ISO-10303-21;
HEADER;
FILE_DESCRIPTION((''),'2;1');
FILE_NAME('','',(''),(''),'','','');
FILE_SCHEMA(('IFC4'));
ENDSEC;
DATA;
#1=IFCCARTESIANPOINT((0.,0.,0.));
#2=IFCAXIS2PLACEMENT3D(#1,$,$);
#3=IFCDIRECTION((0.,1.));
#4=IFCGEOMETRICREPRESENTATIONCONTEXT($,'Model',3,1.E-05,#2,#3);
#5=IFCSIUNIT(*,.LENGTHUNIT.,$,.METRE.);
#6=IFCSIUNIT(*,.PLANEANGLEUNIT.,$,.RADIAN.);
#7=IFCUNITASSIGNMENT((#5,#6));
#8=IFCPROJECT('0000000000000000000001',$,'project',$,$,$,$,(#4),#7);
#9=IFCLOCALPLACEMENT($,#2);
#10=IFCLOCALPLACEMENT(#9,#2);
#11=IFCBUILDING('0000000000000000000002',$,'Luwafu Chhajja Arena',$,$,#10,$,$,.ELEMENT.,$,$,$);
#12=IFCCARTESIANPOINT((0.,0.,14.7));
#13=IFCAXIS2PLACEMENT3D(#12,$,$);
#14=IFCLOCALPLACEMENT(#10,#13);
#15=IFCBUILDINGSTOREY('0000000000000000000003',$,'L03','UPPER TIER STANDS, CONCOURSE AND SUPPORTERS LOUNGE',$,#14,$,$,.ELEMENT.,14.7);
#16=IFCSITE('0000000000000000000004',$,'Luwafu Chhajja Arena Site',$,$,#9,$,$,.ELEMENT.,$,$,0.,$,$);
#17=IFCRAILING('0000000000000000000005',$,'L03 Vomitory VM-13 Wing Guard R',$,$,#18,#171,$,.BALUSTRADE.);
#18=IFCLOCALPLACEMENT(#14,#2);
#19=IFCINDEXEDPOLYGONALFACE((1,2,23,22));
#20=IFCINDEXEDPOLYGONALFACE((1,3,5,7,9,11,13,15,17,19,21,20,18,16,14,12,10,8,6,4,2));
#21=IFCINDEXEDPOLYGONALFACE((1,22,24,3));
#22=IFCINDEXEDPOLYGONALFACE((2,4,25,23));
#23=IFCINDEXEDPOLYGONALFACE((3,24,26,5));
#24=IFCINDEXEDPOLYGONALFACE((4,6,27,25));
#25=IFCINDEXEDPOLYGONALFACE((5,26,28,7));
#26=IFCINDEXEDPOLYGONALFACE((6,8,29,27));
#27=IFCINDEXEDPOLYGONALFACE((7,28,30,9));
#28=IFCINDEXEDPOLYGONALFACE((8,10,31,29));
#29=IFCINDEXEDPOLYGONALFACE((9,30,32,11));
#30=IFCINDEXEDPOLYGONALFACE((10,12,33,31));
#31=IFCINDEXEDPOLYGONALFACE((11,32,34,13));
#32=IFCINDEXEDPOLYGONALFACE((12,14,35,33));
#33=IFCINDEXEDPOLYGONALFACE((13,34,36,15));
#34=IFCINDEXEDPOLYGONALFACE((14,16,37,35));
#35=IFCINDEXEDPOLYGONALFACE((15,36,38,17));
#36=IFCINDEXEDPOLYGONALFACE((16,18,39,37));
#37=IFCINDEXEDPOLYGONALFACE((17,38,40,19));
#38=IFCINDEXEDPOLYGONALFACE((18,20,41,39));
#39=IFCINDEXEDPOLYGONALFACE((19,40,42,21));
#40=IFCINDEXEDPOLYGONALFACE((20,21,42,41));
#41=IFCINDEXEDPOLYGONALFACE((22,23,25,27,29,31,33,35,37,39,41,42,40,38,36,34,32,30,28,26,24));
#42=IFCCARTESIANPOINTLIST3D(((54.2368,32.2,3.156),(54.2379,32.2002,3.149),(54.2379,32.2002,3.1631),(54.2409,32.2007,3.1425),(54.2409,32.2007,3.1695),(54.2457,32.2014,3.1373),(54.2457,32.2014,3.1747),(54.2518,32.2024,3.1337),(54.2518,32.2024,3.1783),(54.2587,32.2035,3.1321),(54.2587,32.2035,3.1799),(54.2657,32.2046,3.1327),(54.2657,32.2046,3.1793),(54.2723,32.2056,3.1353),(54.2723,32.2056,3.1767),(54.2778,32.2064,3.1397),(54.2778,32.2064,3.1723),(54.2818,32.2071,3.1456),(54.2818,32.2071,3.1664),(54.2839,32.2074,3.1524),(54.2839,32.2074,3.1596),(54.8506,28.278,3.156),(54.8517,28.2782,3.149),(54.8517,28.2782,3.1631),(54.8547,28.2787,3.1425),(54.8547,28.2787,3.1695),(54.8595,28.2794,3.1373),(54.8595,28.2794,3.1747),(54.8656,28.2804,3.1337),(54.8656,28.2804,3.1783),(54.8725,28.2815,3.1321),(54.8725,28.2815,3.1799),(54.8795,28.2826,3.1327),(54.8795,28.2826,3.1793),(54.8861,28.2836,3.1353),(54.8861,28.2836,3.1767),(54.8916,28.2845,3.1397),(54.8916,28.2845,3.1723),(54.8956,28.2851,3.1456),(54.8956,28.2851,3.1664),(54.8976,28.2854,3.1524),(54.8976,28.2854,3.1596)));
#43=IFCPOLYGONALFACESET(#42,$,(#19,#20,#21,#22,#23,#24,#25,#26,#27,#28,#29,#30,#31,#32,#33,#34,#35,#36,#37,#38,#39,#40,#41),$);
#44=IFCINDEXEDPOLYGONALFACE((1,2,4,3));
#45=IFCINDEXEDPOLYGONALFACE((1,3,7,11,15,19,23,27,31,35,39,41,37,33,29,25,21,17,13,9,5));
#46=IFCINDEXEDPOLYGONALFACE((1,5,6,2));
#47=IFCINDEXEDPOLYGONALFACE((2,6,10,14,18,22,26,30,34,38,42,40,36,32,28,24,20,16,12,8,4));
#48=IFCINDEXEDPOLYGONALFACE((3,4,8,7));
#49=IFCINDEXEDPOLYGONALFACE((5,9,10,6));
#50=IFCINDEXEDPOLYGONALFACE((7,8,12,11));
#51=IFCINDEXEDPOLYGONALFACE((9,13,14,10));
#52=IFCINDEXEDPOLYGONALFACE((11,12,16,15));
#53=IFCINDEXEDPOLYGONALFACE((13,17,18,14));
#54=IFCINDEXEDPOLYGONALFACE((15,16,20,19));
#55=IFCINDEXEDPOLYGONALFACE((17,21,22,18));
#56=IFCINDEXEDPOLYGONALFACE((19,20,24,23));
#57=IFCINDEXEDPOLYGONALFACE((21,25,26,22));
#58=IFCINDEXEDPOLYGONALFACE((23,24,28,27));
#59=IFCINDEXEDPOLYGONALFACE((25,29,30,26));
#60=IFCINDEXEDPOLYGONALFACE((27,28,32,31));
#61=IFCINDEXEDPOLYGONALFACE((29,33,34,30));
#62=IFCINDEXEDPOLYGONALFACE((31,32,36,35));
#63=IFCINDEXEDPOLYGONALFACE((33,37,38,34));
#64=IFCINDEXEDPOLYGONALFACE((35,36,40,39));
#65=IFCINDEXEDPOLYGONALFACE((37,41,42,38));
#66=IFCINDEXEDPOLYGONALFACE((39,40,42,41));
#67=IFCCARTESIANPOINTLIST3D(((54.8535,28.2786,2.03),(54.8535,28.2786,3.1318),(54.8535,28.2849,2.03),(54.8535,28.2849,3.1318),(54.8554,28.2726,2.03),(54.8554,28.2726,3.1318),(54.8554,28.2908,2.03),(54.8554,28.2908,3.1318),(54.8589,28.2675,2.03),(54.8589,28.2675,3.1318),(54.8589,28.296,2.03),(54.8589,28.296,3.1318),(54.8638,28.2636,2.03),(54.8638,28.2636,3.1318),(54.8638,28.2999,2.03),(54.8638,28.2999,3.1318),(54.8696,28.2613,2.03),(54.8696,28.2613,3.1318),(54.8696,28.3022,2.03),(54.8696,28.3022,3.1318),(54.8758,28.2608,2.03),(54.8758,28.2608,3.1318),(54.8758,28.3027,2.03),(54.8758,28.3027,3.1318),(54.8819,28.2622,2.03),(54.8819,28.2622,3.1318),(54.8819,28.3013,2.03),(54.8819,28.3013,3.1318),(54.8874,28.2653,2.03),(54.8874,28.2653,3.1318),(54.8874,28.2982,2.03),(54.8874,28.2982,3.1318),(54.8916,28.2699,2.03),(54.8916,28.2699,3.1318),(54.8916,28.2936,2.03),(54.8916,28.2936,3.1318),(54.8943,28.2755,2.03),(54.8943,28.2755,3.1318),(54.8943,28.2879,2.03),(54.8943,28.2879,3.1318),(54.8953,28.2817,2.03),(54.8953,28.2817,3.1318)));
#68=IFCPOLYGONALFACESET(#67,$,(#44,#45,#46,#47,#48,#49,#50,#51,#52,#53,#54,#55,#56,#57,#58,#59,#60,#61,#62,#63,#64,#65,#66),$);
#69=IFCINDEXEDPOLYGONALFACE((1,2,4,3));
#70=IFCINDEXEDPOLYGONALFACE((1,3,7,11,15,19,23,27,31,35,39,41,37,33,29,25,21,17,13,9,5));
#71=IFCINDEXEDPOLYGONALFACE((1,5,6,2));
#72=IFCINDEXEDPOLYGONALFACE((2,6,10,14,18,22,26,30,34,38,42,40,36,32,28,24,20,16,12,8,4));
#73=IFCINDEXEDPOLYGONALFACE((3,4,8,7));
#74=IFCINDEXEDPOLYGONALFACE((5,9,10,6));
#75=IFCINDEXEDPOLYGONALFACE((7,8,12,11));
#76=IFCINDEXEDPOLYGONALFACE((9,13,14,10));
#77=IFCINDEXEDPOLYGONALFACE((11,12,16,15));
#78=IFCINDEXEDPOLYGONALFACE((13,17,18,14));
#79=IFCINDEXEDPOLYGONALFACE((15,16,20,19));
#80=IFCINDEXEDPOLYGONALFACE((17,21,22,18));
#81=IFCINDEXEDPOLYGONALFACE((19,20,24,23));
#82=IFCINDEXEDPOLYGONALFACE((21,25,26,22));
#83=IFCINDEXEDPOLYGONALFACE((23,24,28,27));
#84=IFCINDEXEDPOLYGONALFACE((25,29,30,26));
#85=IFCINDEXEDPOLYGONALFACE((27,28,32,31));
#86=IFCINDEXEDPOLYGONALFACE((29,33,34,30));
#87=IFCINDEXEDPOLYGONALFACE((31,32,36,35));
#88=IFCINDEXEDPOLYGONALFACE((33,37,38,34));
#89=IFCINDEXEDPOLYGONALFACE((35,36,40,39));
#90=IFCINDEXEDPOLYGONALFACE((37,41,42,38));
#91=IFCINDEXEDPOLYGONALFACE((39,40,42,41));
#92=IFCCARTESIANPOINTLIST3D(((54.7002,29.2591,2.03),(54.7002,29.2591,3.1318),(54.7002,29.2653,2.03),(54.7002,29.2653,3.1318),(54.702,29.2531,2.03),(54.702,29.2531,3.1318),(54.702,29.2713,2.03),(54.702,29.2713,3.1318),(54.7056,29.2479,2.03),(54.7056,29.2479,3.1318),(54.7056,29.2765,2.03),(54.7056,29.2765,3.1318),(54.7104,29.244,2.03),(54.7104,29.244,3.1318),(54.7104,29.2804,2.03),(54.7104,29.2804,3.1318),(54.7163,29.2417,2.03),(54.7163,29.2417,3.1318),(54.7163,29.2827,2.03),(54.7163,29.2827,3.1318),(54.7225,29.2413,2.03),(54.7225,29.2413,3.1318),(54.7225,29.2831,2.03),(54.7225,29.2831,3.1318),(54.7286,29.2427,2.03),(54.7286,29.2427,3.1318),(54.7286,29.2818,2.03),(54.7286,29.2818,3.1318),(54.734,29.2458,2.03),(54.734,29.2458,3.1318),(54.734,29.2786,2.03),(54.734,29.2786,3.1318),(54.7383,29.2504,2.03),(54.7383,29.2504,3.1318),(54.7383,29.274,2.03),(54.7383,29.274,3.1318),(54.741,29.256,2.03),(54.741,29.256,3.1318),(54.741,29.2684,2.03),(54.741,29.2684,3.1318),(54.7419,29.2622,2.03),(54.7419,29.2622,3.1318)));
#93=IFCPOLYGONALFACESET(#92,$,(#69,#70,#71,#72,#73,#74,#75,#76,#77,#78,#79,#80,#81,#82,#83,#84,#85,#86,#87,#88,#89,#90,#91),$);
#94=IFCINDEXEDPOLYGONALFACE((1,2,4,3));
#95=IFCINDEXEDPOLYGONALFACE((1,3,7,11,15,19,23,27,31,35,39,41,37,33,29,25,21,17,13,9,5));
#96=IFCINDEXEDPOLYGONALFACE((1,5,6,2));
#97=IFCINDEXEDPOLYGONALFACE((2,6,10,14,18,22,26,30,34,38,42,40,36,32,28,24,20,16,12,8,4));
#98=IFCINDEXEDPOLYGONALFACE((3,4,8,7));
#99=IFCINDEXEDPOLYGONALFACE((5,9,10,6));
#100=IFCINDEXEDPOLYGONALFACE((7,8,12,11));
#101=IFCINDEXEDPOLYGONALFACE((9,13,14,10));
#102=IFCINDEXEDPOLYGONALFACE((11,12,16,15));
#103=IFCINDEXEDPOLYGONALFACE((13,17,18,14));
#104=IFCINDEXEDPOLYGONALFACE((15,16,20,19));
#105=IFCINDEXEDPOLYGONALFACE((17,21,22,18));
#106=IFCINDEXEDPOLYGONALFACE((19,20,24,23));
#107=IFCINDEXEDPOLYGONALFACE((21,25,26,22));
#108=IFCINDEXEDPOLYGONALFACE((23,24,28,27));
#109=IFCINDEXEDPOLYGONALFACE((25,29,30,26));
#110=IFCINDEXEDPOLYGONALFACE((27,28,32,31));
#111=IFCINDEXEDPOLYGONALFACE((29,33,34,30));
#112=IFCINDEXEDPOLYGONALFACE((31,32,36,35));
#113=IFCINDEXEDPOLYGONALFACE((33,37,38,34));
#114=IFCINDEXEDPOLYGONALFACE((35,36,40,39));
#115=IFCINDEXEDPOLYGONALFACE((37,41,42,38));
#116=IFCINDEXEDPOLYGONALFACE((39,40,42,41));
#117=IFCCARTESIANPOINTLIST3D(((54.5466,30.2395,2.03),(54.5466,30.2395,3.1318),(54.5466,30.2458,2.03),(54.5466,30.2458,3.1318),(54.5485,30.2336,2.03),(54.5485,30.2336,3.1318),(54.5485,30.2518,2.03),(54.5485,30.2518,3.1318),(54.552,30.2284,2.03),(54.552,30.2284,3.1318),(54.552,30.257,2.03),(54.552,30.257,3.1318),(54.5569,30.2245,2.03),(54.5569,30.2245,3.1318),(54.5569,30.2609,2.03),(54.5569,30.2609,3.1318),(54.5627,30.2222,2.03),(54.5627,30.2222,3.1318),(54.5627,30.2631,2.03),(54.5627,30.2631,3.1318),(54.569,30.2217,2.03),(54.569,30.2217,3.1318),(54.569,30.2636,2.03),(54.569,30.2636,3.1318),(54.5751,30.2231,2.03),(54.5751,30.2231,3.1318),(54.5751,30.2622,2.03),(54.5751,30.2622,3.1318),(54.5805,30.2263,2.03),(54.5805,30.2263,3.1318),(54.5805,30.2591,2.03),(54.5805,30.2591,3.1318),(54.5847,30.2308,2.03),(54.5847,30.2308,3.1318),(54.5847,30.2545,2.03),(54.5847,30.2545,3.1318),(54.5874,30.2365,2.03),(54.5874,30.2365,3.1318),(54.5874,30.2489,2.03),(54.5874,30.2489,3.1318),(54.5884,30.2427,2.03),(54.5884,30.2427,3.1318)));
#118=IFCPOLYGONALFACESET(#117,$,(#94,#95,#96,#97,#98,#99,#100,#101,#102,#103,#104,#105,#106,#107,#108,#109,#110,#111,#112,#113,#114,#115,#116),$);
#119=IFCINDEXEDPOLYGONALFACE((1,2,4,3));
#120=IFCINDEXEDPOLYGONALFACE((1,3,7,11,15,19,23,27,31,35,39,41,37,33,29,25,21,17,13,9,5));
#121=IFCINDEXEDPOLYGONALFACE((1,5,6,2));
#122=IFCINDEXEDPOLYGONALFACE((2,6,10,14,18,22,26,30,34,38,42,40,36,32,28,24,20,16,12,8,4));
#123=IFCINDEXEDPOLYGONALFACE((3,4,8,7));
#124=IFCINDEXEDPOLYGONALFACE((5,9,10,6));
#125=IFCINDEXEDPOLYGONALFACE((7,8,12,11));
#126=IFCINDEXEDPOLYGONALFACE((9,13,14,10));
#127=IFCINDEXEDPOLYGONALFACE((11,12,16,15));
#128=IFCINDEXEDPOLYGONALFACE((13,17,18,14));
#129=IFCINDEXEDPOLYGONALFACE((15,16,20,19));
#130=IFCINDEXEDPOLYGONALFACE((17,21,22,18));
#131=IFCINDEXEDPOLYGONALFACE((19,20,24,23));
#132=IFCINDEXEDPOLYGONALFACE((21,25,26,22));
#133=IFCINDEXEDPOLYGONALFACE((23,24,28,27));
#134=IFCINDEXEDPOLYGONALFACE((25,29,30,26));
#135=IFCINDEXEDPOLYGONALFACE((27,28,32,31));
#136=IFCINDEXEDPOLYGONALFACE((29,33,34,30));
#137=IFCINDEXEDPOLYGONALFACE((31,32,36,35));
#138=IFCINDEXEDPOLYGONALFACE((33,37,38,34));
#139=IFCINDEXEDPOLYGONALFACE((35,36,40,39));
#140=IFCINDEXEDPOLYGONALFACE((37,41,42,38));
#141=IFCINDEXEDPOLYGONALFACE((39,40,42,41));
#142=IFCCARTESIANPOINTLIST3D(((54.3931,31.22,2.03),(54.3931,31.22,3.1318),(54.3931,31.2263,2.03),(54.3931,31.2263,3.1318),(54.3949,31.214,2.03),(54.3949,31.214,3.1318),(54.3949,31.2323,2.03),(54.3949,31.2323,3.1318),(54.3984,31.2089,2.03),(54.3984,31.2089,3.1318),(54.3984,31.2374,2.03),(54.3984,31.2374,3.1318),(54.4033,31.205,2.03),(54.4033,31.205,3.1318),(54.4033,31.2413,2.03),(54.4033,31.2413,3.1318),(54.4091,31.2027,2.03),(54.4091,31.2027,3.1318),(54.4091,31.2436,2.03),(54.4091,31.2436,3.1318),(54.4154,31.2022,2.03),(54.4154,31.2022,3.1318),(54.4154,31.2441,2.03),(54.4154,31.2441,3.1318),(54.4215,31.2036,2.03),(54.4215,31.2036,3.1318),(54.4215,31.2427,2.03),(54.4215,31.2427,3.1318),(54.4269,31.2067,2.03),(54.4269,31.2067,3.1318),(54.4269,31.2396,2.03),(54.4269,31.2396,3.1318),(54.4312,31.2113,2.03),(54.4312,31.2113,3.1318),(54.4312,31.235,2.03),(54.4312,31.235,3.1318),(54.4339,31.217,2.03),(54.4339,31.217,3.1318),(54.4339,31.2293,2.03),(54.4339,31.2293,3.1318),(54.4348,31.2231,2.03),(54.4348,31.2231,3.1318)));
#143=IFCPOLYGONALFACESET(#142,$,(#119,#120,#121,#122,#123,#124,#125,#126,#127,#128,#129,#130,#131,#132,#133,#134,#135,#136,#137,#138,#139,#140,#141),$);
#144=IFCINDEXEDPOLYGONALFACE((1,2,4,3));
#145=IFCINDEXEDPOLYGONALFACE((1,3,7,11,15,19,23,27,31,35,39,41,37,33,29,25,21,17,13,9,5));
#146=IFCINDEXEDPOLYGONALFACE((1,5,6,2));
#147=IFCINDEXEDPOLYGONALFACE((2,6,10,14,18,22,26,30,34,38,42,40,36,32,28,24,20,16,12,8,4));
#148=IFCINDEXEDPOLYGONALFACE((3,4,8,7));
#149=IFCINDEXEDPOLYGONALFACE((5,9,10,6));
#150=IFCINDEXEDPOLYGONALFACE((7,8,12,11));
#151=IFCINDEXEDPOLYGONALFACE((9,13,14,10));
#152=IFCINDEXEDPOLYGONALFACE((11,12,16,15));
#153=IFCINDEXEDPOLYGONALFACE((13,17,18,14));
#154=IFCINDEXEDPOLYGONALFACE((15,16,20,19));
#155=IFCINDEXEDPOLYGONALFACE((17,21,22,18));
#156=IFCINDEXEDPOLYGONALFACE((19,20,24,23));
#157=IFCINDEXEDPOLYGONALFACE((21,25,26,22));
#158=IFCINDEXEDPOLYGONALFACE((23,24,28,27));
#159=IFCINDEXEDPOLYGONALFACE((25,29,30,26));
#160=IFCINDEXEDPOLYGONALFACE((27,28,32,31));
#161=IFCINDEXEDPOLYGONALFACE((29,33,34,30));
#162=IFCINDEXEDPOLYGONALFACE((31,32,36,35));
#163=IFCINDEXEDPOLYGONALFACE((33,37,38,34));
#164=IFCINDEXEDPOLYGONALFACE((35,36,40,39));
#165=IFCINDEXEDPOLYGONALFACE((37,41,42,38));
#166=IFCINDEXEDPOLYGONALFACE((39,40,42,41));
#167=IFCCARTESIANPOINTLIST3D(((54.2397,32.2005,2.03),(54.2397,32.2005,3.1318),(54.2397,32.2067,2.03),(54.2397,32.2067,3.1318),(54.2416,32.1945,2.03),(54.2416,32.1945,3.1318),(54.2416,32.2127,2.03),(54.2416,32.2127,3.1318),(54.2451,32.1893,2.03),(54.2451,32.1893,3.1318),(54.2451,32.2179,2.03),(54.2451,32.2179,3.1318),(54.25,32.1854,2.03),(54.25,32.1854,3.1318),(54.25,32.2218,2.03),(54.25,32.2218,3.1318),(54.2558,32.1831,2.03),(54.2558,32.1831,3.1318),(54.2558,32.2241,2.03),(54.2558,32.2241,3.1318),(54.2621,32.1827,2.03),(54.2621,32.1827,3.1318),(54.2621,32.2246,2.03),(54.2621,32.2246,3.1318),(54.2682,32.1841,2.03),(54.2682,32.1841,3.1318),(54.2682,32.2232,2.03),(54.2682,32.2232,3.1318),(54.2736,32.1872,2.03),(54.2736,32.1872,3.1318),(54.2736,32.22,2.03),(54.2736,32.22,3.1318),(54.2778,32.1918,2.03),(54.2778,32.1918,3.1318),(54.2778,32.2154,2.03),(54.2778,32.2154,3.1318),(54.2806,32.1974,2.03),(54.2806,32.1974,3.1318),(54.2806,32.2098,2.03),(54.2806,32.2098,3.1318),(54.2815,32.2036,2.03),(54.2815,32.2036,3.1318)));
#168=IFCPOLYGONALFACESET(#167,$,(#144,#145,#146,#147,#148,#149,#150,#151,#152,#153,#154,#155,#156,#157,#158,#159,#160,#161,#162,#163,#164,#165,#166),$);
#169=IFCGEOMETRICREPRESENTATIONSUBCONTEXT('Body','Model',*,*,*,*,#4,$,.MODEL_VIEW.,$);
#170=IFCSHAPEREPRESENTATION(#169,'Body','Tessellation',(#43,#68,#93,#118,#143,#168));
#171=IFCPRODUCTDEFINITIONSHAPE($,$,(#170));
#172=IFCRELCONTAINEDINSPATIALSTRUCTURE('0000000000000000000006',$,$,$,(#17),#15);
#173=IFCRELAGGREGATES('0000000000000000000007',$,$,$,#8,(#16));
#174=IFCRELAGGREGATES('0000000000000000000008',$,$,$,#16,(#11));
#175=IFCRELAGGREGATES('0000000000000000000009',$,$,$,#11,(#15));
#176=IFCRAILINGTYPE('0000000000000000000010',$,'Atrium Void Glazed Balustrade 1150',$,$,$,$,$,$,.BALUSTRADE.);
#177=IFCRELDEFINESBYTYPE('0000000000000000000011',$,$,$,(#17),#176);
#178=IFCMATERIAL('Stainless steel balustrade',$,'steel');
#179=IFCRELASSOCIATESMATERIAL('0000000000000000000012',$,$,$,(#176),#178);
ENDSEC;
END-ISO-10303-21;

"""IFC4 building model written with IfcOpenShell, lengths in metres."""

from ifc_helpers import new_model, si_unit, direction, frame, origin, origin_2d, place, context, subcontext, project, spatial, circle, extrude, material, type_object, element, save


model = new_model("IFC4")

# Units and contexts
model_context = context("Model", 3, precision=1e-05, world=origin(), true_north=direction((0.0, 1.0)))
body_context = subcontext(model_context, "Body", "Model", "MODEL_VIEW")
ifc_project = project(units=[si_unit("LENGTHUNIT", "METRE"), si_unit("PLANEANGLEUNIT", "RADIAN")], contexts=[model_context])

# Site, building, storey
site_placement = place(None, origin())
site = spatial("IfcSite", under=ifc_project, at=site_placement, Name="Luwafu Chhajja Arena Site", CompositionType="ELEMENT", RefElevation=0.0)
building_placement = place(site_placement, origin())
building = spatial("IfcBuilding", under=site, at=building_placement, Name="Luwafu Chhajja Arena", CompositionType="ELEMENT")
storey_placement = place(building_placement, frame((0.0, 0.0, 14.7)))
storey = spatial("IfcBuildingStorey", under=building, at=storey_placement, Name="L03", Description="UPPER TIER STANDS, CONCOURSE AND SUPPORTERS LOUNGE", CompositionType="ELEMENT", Elevation=14.7)

# Railing
ifc_material_1 = material(Name="Stainless steel balustrade", Category="steel")
railing_type_1 = type_object("IfcRailingType", Name="Atrium Void Glazed Balustrade 1150", PredefinedType="BALUSTRADE", material=ifc_material_1)
railing_1_placement = place(storey_placement, frame((54.8743, 28.2817, 2.03)))
element("IfcRailing", 1, at=railing_1_placement, inside=storey, type_object=railing_type_1, Name="L03 Vomitory VM-13 Wing Guard R", PredefinedType="BALUSTRADE", context=body_context, shape_type="SweptSolid", body=[
    extrude(circle(Radius=0.0239, at=origin_2d()), frame((0.0, 0.0, 1.126), z_axis=(-0.154617, 0.987974, 0.0), x_axis=(-0.987974, -0.154617, 0.0)), (0.0, 0.0, 1.0), 3.9697),
    extrude(circle(Radius=0.021, at=origin_2d()), origin(), (0.0, 0.0, 1.0), 1.1018),
    extrude(circle(Radius=0.021, at=origin_2d()), frame((-0.1533, 0.9805, 0.0)), (0.0, 0.0, 1.0), 1.1018),
    extrude(circle(Radius=0.021, at=origin_2d()), frame((-0.3069, 1.9609, 0.0)), (0.0, 0.0, 1.0), 1.1018),
    extrude(circle(Radius=0.021, at=origin_2d()), frame((-0.4604, 2.9414, 0.0)), (0.0, 0.0, 1.0), 1.1018),
    extrude(circle(Radius=0.021, at=origin_2d()), frame((-0.6138, 3.9219, 0.0)), (0.0, 0.0, 1.0), 1.1018),
])

save(model, "model.ifc")
